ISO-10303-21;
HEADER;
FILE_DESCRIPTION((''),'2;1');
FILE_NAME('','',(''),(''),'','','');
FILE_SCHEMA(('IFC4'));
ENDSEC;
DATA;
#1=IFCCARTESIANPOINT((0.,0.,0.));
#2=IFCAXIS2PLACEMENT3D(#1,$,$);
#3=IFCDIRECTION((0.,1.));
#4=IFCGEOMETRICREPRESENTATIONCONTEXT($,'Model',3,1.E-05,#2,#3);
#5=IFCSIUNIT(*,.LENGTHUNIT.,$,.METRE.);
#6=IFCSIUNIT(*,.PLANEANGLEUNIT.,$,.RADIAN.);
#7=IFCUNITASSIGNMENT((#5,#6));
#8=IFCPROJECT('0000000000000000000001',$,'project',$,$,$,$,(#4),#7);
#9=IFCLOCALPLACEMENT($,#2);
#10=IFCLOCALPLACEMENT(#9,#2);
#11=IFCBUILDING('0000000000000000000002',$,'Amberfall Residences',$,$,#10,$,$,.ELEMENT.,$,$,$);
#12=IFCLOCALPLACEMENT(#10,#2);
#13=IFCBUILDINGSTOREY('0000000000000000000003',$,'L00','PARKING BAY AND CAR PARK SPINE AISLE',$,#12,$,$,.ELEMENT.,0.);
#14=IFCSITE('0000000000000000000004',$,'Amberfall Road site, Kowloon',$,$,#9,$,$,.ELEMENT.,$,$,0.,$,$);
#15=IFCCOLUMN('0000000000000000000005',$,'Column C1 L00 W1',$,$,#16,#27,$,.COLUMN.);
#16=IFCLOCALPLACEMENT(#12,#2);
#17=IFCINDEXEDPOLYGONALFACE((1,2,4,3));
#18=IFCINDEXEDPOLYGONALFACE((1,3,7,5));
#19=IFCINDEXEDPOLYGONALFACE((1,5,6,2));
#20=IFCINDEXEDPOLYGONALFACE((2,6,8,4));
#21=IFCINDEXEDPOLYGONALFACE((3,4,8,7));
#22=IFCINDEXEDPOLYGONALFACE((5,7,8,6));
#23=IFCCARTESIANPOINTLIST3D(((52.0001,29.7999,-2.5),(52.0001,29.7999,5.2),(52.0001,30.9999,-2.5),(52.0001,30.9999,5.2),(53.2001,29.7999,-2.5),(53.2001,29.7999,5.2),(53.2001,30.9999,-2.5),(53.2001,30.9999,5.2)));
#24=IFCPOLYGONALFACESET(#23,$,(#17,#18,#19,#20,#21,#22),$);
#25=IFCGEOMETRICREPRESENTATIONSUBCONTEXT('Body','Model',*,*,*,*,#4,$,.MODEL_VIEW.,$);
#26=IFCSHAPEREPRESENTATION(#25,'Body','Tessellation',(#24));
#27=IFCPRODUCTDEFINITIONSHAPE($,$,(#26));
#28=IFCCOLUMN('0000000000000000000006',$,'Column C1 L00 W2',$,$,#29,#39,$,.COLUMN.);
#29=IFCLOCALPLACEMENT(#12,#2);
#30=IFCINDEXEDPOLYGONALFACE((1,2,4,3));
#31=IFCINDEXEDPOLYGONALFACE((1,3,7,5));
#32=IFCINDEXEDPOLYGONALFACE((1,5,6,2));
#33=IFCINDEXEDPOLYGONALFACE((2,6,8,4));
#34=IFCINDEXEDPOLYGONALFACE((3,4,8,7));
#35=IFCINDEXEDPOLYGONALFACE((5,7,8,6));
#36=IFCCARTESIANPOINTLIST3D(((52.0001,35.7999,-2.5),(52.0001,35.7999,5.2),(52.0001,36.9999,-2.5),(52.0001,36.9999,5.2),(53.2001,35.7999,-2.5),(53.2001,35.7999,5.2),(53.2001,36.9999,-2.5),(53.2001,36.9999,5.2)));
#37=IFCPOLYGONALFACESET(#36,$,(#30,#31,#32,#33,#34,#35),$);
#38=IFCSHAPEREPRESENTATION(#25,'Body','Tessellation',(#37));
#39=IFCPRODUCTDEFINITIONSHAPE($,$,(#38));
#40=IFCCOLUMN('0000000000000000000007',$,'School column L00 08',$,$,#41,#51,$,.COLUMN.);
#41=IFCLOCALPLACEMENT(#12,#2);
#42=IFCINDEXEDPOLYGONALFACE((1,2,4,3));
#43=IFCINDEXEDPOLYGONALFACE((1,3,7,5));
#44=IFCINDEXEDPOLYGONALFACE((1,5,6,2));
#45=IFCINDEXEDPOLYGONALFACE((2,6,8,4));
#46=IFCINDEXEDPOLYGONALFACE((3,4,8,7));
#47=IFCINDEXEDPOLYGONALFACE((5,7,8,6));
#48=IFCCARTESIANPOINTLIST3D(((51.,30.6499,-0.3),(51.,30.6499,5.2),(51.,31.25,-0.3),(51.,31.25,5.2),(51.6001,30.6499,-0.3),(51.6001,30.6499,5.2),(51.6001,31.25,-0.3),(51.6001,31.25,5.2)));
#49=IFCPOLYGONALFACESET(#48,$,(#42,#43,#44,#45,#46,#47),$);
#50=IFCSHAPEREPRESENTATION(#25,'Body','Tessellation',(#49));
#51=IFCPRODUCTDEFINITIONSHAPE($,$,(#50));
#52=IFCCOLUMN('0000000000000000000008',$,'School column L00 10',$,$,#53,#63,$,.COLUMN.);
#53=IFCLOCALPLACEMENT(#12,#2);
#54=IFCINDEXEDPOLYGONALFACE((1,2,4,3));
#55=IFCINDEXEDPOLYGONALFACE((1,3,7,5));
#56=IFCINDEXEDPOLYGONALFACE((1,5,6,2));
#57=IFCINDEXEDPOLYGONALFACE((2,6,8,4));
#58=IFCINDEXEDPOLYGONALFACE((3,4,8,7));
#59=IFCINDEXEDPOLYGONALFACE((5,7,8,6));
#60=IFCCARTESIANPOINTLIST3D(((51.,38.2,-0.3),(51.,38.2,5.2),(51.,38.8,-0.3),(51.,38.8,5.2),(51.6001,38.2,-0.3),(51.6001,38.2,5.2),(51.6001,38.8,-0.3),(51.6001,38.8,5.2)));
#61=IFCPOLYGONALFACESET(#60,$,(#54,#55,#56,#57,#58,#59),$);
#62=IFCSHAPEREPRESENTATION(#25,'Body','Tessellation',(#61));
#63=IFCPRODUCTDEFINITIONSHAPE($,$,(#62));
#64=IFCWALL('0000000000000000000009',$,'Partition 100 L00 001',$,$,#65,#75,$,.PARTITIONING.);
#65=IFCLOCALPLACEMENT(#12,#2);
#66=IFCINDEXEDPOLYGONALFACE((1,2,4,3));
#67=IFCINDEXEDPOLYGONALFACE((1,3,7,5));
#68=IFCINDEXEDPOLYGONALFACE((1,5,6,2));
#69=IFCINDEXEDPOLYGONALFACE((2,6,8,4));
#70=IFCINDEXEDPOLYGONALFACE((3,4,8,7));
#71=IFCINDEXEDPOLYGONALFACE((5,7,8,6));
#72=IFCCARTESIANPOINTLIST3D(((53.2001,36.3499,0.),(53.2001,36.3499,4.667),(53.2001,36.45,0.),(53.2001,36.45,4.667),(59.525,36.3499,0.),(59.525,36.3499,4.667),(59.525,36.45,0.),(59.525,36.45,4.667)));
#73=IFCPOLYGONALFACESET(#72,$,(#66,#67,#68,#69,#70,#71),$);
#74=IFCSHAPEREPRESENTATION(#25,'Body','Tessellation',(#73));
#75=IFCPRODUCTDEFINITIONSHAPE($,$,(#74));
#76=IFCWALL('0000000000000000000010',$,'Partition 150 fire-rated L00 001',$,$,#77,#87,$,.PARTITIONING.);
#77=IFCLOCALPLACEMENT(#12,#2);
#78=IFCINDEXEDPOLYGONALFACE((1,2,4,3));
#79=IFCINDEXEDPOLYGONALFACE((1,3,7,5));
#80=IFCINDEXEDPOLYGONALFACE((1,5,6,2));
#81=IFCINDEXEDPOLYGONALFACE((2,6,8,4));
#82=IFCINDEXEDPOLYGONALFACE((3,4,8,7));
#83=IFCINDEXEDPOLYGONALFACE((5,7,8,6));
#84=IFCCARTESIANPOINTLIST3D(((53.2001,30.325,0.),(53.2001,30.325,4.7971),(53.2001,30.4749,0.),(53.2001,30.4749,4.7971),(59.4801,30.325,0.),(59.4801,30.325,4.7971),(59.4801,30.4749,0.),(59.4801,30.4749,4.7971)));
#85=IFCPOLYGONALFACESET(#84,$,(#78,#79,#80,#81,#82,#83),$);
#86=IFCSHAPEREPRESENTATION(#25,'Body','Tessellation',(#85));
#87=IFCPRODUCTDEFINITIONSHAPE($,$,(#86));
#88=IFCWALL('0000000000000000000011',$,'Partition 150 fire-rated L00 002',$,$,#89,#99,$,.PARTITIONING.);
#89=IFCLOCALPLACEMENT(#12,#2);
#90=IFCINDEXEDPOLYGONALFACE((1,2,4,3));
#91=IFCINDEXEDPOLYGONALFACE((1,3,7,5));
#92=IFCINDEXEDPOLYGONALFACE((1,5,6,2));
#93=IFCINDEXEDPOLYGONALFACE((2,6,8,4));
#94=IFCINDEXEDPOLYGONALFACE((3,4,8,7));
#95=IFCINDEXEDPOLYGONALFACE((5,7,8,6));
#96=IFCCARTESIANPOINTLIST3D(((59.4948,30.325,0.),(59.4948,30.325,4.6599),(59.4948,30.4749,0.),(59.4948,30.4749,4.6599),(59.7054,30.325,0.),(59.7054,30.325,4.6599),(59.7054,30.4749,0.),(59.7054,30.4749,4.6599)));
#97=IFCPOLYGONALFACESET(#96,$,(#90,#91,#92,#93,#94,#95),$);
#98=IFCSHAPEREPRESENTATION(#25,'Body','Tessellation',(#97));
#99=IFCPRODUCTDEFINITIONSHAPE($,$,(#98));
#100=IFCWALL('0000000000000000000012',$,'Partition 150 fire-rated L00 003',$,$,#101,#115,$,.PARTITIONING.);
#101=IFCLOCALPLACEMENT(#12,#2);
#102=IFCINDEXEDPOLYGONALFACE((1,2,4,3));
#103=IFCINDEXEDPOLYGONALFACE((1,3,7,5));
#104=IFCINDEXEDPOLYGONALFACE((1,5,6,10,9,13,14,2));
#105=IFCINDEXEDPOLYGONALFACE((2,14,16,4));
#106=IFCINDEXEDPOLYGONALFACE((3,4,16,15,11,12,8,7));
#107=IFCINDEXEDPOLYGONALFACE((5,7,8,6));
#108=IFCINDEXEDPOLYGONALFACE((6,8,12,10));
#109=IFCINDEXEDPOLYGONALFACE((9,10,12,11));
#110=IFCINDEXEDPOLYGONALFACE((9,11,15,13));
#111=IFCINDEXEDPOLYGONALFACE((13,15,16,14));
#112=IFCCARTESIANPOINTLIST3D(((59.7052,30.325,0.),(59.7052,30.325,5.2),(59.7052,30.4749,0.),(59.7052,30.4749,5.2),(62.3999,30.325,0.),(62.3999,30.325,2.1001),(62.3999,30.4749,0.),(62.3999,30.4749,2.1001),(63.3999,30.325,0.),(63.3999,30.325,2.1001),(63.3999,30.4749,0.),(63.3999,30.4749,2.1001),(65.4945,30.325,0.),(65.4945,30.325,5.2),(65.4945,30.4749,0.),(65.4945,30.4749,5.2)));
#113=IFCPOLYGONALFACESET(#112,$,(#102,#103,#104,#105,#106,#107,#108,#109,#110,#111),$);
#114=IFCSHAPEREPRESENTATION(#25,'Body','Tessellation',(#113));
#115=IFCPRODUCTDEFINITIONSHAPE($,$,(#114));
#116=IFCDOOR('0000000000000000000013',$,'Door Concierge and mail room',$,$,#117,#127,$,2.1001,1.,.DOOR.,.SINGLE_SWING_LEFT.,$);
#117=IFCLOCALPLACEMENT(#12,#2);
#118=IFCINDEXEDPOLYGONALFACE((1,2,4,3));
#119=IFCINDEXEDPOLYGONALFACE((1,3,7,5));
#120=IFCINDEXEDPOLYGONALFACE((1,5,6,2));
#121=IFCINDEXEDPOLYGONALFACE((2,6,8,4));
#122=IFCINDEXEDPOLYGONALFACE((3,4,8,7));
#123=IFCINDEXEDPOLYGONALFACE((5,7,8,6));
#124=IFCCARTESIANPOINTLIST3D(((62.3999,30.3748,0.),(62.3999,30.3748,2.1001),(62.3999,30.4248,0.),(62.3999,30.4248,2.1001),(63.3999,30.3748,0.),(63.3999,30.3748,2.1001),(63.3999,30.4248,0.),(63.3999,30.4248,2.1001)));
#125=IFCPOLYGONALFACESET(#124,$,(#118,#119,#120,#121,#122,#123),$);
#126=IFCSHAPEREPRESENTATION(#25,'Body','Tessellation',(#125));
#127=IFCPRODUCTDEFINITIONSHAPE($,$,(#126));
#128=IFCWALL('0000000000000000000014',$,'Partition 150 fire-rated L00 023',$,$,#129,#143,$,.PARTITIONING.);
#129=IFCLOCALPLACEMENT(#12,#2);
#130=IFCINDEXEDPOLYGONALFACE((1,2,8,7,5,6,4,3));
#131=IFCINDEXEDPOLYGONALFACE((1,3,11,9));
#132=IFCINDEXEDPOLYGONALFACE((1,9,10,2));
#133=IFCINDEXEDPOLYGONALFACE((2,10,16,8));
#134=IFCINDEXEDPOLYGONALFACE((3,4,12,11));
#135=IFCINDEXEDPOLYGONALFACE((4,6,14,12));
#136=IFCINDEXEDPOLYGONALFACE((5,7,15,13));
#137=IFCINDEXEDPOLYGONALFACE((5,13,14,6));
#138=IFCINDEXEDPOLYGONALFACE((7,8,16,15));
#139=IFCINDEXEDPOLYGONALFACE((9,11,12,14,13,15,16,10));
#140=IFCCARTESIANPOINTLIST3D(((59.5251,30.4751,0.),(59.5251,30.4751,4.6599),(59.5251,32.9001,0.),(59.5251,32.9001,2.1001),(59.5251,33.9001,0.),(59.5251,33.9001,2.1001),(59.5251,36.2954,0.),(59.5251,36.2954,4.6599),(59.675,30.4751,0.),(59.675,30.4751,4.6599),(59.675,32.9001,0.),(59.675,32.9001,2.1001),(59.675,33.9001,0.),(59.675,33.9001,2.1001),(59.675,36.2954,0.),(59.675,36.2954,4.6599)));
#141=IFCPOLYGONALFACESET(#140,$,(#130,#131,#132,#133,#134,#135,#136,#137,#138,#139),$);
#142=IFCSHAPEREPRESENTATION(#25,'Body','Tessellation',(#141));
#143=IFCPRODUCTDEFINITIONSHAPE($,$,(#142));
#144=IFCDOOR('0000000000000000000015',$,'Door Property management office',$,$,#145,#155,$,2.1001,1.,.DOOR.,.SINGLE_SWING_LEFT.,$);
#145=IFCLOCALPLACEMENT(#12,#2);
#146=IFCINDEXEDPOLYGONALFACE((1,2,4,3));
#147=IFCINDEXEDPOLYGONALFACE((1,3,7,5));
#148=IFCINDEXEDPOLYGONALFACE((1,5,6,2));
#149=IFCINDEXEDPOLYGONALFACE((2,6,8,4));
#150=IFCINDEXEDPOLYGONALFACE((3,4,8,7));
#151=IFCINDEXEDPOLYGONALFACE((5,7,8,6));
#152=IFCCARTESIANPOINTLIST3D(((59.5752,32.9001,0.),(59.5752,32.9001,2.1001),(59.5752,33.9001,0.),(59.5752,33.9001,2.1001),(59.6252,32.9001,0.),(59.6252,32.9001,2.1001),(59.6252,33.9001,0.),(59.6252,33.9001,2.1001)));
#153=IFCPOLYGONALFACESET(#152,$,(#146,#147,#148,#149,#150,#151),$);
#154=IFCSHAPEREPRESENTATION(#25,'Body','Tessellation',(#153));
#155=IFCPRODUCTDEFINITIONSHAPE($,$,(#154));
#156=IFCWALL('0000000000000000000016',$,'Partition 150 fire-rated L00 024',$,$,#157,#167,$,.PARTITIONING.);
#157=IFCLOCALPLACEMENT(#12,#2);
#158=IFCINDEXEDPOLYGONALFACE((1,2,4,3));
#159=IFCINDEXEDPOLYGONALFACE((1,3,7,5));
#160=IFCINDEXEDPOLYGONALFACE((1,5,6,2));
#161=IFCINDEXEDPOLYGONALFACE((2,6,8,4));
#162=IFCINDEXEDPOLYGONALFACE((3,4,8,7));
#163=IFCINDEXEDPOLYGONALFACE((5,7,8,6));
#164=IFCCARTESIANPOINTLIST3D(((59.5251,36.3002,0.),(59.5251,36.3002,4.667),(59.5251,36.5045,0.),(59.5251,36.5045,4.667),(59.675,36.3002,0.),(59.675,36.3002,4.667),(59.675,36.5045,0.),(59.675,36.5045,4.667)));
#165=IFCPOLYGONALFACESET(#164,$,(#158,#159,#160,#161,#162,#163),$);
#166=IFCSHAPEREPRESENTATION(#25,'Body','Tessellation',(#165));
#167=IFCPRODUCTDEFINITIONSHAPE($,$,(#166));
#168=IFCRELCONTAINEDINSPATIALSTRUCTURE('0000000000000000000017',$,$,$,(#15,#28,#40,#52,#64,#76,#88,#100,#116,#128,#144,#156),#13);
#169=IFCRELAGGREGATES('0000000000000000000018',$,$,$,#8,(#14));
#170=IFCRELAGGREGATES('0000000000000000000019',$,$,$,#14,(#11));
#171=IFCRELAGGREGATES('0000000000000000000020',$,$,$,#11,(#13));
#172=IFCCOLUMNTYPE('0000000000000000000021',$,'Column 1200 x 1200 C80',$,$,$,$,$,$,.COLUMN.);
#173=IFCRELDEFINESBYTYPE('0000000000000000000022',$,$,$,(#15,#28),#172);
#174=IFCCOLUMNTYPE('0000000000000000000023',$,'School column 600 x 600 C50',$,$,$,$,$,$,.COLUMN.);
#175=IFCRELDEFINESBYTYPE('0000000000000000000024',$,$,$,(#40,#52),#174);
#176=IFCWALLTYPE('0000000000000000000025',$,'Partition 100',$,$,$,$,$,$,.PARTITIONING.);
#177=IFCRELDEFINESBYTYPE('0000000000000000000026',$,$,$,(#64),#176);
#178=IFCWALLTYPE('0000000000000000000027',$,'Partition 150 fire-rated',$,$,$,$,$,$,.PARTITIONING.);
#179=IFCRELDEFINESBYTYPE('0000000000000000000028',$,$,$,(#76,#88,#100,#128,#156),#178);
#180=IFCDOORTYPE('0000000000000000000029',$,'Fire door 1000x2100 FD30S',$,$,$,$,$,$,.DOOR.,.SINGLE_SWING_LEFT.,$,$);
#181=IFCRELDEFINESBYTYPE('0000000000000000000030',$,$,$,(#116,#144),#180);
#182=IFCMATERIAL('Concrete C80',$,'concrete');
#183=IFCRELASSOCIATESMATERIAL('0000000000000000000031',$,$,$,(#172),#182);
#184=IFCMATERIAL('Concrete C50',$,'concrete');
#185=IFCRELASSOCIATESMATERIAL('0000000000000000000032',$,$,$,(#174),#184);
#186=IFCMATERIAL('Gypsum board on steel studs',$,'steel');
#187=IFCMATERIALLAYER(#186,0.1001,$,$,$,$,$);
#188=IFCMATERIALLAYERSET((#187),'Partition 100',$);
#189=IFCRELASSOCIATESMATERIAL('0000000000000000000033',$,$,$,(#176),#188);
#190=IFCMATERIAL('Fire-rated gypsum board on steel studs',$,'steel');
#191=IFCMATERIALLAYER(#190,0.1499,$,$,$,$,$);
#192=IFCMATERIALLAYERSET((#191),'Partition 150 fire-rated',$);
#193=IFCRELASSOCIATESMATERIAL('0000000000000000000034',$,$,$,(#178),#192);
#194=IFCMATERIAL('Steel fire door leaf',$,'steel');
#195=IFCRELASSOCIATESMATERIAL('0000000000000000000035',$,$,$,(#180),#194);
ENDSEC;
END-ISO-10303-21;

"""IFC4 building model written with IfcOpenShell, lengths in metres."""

from ifc_helpers import new_model, si_unit, direction, frame, frame_2d, origin, origin_2d, place, context, subcontext, project, spatial, rectangle, extrude, material, layer, layer_set, material_profile, profile_set, type_object, element, fill, save


model = new_model("IFC4")

# Units and contexts
model_context = context("Model", 3, precision=1e-05, world=origin(), true_north=direction((0.0, 1.0)))
body_context = subcontext(model_context, "Body", "Model", "MODEL_VIEW")
ifc_project = project(units=[si_unit("LENGTHUNIT", "METRE"), si_unit("PLANEANGLEUNIT", "RADIAN")], contexts=[model_context])

# Site, building, storey
site_placement = place(None, origin())
site = spatial("IfcSite", under=ifc_project, at=site_placement, Name="Amberfall Road site, Kowloon", CompositionType="ELEMENT", RefElevation=0.0)
building_placement = place(site_placement, origin())
building = spatial("IfcBuilding", under=site, at=building_placement, Name="Amberfall Residences", CompositionType="ELEMENT")
storey_placement = place(building_placement, origin())
storey = spatial("IfcBuildingStorey", under=building, at=storey_placement, Name="L00", Description="PARKING BAY AND CAR PARK SPINE AISLE", CompositionType="ELEMENT", Elevation=0.0)

# Columns
ifc_material_1 = material(Name="Concrete C80", Category="concrete")
ifc_material_profile_1 = material_profile(ifc_material_1, rectangle(XDim=1.2, YDim=1.2, at=origin_2d()), Name="Column 1200 x 1200 C80")
ifc_profile_set_1 = profile_set([ifc_material_profile_1], Name="Concrete C80")
column_type_1 = type_object("IfcColumnType", Name="Column 1200 x 1200 C80", PredefinedType="COLUMN", material=ifc_profile_set_1)
for number, where, z_axis, x_axis, name in (
    (1, (52.6001, 30.3999, -2.5), (0.0, 0.0, 1.0), (1.0, 0.0, 0.0), "Column C1 L00 W1"),
    (2, (52.6001, 36.3999, -2.5), (0.0, 0.0, 1.0), (1.0, 0.0, 0.0), "Column C1 L00 W2"),
):
    element("IfcColumn", number, at=place(storey_placement, frame(where, z_axis=z_axis, x_axis=x_axis)), inside=storey, type_object=column_type_1, Name=name, PredefinedType="COLUMN", context=body_context, shape_type="SweptSolid", body=[
        extrude(rectangle(XDim=1.2, YDim=1.2, at=origin_2d()), origin(), (0.0, 0.0, 1.0), 7.7),
    ])
ifc_material_2 = material(Name="Concrete C50", Category="concrete")
ifc_material_profile_2 = material_profile(ifc_material_2, rectangle(XDim=0.6001, YDim=0.6001, at=origin_2d()), Name="School column 600 x 600 C50")
ifc_profile_set_2 = profile_set([ifc_material_profile_2], Name="Concrete C50")
column_type_2 = type_object("IfcColumnType", Name="School column 600 x 600 C50", PredefinedType="COLUMN", material=ifc_profile_set_2)
for number, where, z_axis, x_axis, name in (
    (3, (51.3, 30.95, -0.3), (0.0, 0.0, 1.0), (1.0, 0.0, 0.0), "School column L00 08"),
    (4, (51.3, 38.5, -0.3), (0.0, 0.0, 1.0), (1.0, 0.0, 0.0), "School column L00 10"),
):
    element("IfcColumn", number, at=place(storey_placement, frame(where, z_axis=z_axis, x_axis=x_axis)), inside=storey, type_object=column_type_2, Name=name, PredefinedType="COLUMN", context=body_context, shape_type="SweptSolid", body=[
        extrude(rectangle(XDim=0.6001, YDim=0.6001, at=origin_2d()), origin(), (0.0, 0.0, 1.0), 5.5),
    ])

# Walls
ifc_material_3 = material(Name="Gypsum board on steel studs", Category="steel")
ifc_layer_1 = layer(ifc_material_3, 0.1001)
ifc_layer_set_1 = layer_set([ifc_layer_1], Name="Partition 100")
wall_type_1 = type_object("IfcWallType", Name="Partition 100", PredefinedType="PARTITIONING", material=ifc_layer_set_1)
wall_1_placement = place(storey_placement, frame((53.2, 36.3999, 0.0), z_axis=(0.0, 0.0, 1.0), x_axis=(1.0, 0.0, 0.0)))
element("IfcWall", 5, at=wall_1_placement, inside=storey, type_object=wall_type_1, Name="Partition 100 L00 001", PredefinedType="PARTITIONING", context=body_context, shape_type="SweptSolid", body=[
    extrude(rectangle(XDim=6.325, YDim=0.1001, at=frame_2d((3.1626, 0.0))), origin(), (0.0, 0.0, 1.0), 4.667),
])
ifc_material_4 = material(Name="Fire-rated gypsum board on steel studs", Category="steel")
ifc_layer_2 = layer(ifc_material_4, 0.1499)
ifc_layer_set_2 = layer_set([ifc_layer_2], Name="Partition 150 fire-rated")
wall_type_2 = type_object("IfcWallType", Name="Partition 150 fire-rated", PredefinedType="PARTITIONING", material=ifc_layer_set_2)
wall_2_placement = place(storey_placement, frame((53.2, 30.3999, 0.0), z_axis=(0.0, 0.0, 1.0), x_axis=(1.0, 0.0, 0.0)))
element("IfcWall", 6, at=wall_2_placement, inside=storey, type_object=wall_type_2, Name="Partition 150 fire-rated L00 001", PredefinedType="PARTITIONING", context=body_context, shape_type="SweptSolid", body=[
    extrude(rectangle(XDim=6.28, YDim=0.1499, at=frame_2d((3.1401, 0.0))), origin(), (0.0, 0.0, 1.0), 4.7971),
])
wall_3_placement = place(storey_placement, frame((59.4946, 30.3999, 0.0), z_axis=(0.0, 0.0, 1.0), x_axis=(1.0, 0.0, 0.0)))
element("IfcWall", 7, at=wall_3_placement, inside=storey, type_object=wall_type_2, Name="Partition 150 fire-rated L00 002", PredefinedType="PARTITIONING", context=body_context, shape_type="SweptSolid", body=[
    extrude(rectangle(XDim=0.2107, YDim=0.1499, at=frame_2d((0.1055, 0.0))), origin(), (0.0, 0.0, 1.0), 4.6599),
])

# Walls, openings, doors
wall_4_placement = place(storey_placement, frame((59.7053, 30.3999, 0.0), z_axis=(0.0, 0.0, 1.0), x_axis=(1.0, 0.0, 0.0)))
wall_4 = element("IfcWall", 8, at=wall_4_placement, inside=storey, type_object=wall_type_2, Name="Partition 150 fire-rated L00 003", PredefinedType="PARTITIONING", context=body_context, shape_type="SweptSolid", body=[
    extrude(rectangle(XDim=5.7893, YDim=0.1499, at=frame_2d((2.8945, 0.0))), origin(), (0.0, 0.0, 1.0), 5.2),
])
opening_1_placement = place(wall_4_placement, frame((2.6946, 0.0, 0.0)))
opening_1 = element("IfcOpeningElement", 9, at=opening_1_placement, cuts=wall_4, PredefinedType="OPENING", context=body_context, shape_type="SweptSolid", body=[
    extrude(rectangle(XDim=1.0, YDim=2.1001, at=frame_2d((0.5, 1.05))), frame((0.0, 0.085, 0.0), z_axis=(0.0, -1.0, 0.0), x_axis=(1.0, 0.0, 0.0)), (0.0, 0.0, 1.0), 0.1699),
])
ifc_material_5 = material(Name="Steel fire door leaf", Category="steel")
door_type = type_object("IfcDoorType", Name="Fire door 1000x2100 FD30S", OperationType="SINGLE_SWING_LEFT", PredefinedType="DOOR", material=ifc_material_5)
door_1_placement = place(opening_1_placement, origin())
door_1 = element("IfcDoor", 10, at=door_1_placement, inside=storey, type_object=door_type, Name="Door Concierge and mail room", OperationType="SINGLE_SWING_LEFT", OverallHeight=2.1001, OverallWidth=1.0, PredefinedType="DOOR", context=body_context, shape_type="SweptSolid", body=[
    extrude(rectangle(XDim=1.0, YDim=2.1001, at=frame_2d((0.5, 1.05))), frame((0.0, 0.0249, 0.0), z_axis=(0.0, -1.0, 0.0), x_axis=(1.0, 0.0, 0.0)), (0.0, 0.0, 1.0), 0.05),
])
fill(opening_1, door_1)
wall_5_placement = place(storey_placement, frame((59.6001, 30.4751, 0.0), z_axis=(0.0, 0.0, 1.0), x_axis=(0.0, 1.0, 0.0)))
wall_5 = element("IfcWall", 11, at=wall_5_placement, inside=storey, type_object=wall_type_2, Name="Partition 150 fire-rated L00 023", PredefinedType="PARTITIONING", context=body_context, shape_type="SweptSolid", body=[
    extrude(rectangle(XDim=5.8203, YDim=0.1499, at=frame_2d((2.9102, 0.0))), origin(), (0.0, 0.0, 1.0), 4.6599),
])
opening_2_placement = place(wall_5_placement, frame((2.425, 0.0, 0.0)))
opening_2 = element("IfcOpeningElement", 12, at=opening_2_placement, cuts=wall_5, PredefinedType="OPENING", context=body_context, shape_type="SweptSolid", body=[
    extrude(rectangle(XDim=1.0, YDim=2.1001, at=frame_2d((0.5, 1.05))), frame((0.0, 0.085, 0.0), z_axis=(0.0, -1.0, 0.0), x_axis=(1.0, 0.0, 0.0)), (0.0, 0.0, 1.0), 0.1699),
])
door_2_placement = place(opening_2_placement, origin())
door_2 = element("IfcDoor", 13, at=door_2_placement, inside=storey, type_object=door_type, Name="Door Property management office", OperationType="SINGLE_SWING_LEFT", OverallHeight=2.1001, OverallWidth=1.0, PredefinedType="DOOR", context=body_context, shape_type="SweptSolid", body=[
    extrude(rectangle(XDim=1.0, YDim=2.1001, at=frame_2d((0.5, 1.05))), frame((0.0, 0.0249, 0.0), z_axis=(0.0, -1.0, 0.0), x_axis=(1.0, 0.0, 0.0)), (0.0, 0.0, 1.0), 0.05),
])
fill(opening_2, door_2)

# Wall
wall_6_placement = place(storey_placement, frame((59.6001, 36.3003, 0.0), z_axis=(0.0, 0.0, 1.0), x_axis=(0.0, 1.0, 0.0)))
element("IfcWall", 14, at=wall_6_placement, inside=storey, type_object=wall_type_2, Name="Partition 150 fire-rated L00 024", PredefinedType="PARTITIONING", context=body_context, shape_type="SweptSolid", body=[
    extrude(rectangle(XDim=0.2043, YDim=0.1499, at=frame_2d((0.1021, 0.0))), origin(), (0.0, 0.0, 1.0), 4.667),
])

save(model, "model.ifc")
